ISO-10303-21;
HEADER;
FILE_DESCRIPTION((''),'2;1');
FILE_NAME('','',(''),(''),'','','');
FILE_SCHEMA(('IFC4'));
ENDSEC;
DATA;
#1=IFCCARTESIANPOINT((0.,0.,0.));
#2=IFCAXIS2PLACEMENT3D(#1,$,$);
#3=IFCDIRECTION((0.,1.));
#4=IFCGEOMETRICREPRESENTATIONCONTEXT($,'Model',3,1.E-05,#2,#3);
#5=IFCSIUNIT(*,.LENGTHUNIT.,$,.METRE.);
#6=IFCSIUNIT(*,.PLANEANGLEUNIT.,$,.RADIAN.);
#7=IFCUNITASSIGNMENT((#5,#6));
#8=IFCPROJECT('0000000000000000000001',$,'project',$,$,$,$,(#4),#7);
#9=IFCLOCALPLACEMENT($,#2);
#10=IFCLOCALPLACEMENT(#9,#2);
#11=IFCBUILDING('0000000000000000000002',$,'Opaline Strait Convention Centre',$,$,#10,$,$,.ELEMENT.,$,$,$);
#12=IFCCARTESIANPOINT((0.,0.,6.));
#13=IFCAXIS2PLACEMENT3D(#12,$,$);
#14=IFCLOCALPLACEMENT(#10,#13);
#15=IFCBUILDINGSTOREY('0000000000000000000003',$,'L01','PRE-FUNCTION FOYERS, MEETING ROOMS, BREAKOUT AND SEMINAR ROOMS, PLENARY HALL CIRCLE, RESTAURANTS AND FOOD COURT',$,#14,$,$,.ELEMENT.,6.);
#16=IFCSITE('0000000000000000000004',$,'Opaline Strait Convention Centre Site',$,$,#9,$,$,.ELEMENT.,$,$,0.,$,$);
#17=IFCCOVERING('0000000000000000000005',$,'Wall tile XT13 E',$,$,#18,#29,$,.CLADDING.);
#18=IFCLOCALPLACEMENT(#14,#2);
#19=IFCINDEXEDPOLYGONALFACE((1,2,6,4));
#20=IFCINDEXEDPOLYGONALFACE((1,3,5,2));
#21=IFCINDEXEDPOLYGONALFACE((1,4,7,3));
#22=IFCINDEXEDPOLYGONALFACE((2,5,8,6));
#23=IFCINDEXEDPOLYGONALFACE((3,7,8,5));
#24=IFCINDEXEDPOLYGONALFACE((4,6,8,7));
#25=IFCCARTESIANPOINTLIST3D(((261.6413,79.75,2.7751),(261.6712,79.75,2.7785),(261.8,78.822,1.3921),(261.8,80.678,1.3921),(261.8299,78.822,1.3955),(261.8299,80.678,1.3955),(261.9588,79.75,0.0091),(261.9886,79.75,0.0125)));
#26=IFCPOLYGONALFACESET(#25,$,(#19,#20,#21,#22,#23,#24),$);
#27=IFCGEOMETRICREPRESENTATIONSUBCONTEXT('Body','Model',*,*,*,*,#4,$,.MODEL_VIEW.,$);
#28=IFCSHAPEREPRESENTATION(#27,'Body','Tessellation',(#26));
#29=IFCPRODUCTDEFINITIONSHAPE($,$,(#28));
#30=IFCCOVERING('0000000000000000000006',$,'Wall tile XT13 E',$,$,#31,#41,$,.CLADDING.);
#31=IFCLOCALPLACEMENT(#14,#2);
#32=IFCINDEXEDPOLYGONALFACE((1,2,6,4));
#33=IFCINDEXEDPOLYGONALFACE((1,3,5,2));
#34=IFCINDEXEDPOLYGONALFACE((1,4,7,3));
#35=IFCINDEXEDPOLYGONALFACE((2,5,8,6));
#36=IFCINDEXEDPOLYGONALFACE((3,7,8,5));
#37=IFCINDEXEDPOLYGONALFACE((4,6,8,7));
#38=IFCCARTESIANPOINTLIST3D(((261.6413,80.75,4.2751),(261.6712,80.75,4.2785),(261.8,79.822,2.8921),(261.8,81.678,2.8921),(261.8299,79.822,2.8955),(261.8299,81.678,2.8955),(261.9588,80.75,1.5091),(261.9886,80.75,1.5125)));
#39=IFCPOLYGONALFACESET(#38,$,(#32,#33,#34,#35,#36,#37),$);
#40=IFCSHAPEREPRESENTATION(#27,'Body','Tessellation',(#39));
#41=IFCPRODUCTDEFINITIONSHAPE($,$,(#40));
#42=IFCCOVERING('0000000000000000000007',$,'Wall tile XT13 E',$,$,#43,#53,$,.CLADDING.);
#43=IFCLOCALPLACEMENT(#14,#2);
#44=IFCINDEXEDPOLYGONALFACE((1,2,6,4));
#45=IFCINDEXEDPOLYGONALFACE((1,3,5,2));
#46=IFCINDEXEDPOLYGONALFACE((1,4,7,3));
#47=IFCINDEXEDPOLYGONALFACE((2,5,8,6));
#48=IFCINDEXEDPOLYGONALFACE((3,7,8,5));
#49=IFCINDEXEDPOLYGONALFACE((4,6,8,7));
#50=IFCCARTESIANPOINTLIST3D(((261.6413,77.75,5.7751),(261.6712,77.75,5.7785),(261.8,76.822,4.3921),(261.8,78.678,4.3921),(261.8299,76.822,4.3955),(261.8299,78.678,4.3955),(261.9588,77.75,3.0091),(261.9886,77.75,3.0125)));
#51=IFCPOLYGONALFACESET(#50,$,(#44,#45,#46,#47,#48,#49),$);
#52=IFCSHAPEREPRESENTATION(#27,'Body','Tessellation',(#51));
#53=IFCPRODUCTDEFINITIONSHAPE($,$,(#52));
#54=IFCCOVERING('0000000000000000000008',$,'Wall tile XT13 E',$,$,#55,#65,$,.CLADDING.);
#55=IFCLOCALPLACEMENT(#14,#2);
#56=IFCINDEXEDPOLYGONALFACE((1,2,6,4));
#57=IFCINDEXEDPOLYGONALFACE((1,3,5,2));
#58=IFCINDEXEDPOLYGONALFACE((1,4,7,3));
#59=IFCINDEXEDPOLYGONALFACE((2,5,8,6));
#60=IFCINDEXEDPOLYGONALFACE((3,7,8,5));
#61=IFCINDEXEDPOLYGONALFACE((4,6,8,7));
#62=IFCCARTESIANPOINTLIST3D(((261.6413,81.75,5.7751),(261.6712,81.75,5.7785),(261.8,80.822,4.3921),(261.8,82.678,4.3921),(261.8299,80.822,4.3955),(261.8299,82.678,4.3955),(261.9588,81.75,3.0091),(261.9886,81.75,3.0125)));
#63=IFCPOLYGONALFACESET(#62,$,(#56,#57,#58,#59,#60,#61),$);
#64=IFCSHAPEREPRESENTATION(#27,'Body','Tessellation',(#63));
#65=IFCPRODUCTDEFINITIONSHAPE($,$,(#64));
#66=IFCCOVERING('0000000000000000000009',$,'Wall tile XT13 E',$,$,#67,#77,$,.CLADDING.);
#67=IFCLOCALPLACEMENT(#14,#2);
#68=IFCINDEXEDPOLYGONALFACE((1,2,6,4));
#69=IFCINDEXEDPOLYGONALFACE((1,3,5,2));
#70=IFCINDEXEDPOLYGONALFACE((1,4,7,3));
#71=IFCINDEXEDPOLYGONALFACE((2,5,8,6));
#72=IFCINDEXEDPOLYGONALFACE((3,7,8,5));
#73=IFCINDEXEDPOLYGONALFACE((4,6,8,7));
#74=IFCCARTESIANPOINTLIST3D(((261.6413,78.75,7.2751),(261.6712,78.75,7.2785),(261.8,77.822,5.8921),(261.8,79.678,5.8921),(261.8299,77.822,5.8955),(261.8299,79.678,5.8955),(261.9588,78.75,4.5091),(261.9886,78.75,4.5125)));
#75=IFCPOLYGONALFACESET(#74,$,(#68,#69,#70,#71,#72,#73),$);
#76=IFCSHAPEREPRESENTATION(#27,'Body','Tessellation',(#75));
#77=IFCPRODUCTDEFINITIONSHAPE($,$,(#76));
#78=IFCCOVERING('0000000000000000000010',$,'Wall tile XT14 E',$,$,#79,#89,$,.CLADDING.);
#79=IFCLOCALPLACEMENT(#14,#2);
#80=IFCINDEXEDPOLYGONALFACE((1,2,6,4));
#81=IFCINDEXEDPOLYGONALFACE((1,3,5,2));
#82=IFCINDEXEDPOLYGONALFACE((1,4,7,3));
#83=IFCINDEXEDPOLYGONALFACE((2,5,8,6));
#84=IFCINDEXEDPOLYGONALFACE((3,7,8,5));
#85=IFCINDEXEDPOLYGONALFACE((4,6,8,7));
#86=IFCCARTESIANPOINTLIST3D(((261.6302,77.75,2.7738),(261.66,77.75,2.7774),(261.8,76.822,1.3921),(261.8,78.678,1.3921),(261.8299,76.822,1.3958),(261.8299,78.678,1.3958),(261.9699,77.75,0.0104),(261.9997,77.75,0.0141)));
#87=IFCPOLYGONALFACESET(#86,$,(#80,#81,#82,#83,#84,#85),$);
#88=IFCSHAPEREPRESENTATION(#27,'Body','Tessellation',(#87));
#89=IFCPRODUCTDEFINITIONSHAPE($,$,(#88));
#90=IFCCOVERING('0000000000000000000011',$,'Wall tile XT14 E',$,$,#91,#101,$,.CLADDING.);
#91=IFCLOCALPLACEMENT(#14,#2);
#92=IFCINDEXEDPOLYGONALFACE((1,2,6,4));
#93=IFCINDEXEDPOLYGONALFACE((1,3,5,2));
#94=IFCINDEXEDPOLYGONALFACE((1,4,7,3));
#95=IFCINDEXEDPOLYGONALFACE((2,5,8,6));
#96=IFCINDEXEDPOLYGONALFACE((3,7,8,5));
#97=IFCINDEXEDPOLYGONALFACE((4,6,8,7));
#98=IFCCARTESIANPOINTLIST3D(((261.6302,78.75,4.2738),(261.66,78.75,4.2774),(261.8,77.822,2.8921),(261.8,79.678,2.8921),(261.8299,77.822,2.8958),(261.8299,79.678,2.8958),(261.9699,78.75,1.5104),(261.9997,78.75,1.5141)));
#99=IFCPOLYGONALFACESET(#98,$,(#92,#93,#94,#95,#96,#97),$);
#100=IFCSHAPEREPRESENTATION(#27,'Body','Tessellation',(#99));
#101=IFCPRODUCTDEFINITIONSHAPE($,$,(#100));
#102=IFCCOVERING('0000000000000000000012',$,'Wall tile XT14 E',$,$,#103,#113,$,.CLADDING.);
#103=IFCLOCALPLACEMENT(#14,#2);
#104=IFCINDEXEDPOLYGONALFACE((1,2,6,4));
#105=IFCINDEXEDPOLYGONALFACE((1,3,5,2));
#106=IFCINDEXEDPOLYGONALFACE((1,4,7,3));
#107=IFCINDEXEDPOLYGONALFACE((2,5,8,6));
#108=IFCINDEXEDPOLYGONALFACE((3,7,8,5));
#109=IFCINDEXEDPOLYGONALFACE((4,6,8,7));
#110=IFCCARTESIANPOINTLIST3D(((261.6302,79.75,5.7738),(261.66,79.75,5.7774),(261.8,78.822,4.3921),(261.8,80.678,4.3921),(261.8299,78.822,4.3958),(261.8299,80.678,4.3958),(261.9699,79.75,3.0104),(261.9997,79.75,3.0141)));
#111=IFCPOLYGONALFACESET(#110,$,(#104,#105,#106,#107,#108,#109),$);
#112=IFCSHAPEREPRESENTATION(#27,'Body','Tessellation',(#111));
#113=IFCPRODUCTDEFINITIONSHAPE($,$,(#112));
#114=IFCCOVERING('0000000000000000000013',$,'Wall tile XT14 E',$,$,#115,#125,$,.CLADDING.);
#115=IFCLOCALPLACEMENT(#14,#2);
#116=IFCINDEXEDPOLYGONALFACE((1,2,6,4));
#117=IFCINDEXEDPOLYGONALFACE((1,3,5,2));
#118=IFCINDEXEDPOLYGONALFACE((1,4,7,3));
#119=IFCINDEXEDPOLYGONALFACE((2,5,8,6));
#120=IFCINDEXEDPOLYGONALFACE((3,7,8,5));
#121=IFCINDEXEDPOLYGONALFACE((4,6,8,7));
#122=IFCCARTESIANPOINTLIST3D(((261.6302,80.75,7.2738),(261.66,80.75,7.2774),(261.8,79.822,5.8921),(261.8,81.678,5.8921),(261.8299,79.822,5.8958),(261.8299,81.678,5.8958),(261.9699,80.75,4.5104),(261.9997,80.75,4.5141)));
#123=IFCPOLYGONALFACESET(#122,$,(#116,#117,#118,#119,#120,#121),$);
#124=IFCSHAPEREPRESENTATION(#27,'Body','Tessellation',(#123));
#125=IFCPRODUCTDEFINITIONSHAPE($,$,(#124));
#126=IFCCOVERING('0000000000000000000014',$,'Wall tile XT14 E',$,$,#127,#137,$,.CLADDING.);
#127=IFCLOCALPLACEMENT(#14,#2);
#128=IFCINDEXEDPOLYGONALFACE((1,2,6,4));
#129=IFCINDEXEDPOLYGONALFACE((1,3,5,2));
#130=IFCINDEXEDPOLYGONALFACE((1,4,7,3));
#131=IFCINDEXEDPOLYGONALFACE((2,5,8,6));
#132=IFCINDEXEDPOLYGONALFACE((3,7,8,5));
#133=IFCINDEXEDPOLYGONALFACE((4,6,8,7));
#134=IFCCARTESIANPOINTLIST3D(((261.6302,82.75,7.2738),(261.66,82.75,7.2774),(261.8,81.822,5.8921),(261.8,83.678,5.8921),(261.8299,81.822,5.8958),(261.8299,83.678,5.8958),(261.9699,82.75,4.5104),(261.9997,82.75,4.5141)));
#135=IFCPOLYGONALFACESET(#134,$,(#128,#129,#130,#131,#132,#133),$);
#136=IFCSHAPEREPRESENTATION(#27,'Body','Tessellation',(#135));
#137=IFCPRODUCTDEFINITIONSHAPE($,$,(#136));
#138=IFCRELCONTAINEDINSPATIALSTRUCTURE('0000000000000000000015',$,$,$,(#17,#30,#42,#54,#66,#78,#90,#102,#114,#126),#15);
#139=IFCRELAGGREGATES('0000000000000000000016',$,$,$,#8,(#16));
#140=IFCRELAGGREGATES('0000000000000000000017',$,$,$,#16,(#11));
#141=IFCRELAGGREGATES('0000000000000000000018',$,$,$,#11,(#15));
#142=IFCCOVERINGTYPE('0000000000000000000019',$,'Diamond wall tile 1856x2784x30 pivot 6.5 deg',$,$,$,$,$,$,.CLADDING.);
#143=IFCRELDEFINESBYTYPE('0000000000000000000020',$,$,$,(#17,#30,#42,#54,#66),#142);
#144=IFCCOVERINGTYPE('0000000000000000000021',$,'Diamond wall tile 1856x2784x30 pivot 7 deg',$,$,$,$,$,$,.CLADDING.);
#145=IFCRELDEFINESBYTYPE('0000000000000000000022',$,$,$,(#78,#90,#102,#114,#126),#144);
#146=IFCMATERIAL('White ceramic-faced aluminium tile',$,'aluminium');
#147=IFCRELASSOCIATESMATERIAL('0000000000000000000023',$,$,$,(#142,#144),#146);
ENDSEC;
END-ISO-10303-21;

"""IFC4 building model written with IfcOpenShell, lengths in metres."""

from ifc_helpers import new_model, si_unit, direction, frame, origin, place, context, subcontext, project, spatial, polyline, outline, extrude, material, material_profile, profile_set, type_object, element, save


model = new_model("IFC4")

# Units and contexts
model_context = context("Model", 3, precision=1e-05, world=origin(), true_north=direction((0.0, 1.0)))
body_context = subcontext(model_context, "Body", "Model", "MODEL_VIEW")
ifc_project = project(units=[si_unit("LENGTHUNIT", "METRE"), si_unit("PLANEANGLEUNIT", "RADIAN")], contexts=[model_context])

# Site, building, storey
site_placement = place(None, origin())
site = spatial("IfcSite", under=ifc_project, at=site_placement, Name="Opaline Strait Convention Centre Site", CompositionType="ELEMENT", RefElevation=0.0)
building_placement = place(site_placement, origin())
building = spatial("IfcBuilding", under=site, at=building_placement, Name="Opaline Strait Convention Centre", CompositionType="ELEMENT")
storey_placement = place(building_placement, frame((0.0, 0.0, 6.0)))
storey = spatial("IfcBuildingStorey", under=building, at=storey_placement, Name="L01", Description="PRE-FUNCTION FOYERS, MEETING ROOMS, BREAKOUT AND SEMINAR ROOMS, PLENARY HALL CIRCLE, RESTAURANTS AND FOOD COURT", CompositionType="ELEMENT", Elevation=6.0)

# Coverings
ifc_material = material(Name="White ceramic-faced aluminium tile", Category="aluminium")
ifc_material_profile_1 = material_profile(ifc_material, outline(polyline([(0.928, 0.0), (0.0, 1.3921), (-0.928, 0.0), (0.0, -1.3921), (0.928, 0.0)])), Name="Diamond tile 1856x2784")
ifc_profile_set_1 = profile_set([ifc_material_profile_1], Name="White ceramic-faced aluminium tile")
covering_type_1 = type_object("IfcCoveringType", Name="Diamond wall tile 1856x2784x30 pivot 6.5 deg", PredefinedType="CLADDING", material=ifc_profile_set_1)
for number, where, z_axis, x_axis, name in (
    (1, (261.8, 79.75, 1.3921), (0.99348, 0.0, 0.114006), (0.0, 1.0, 0.0), "Wall tile XT13 E"),
    (2, (261.8, 80.75, 2.8921), (0.99348, 0.0, 0.114006), (0.0, 1.0, 0.0), "Wall tile XT13 E"),
    (3, (261.8, 77.75, 4.3921), (0.99348, 0.0, 0.114006), (0.0, 1.0, 0.0), "Wall tile XT13 E"),
    (4, (261.8, 81.75, 4.3921), (0.99348, 0.0, 0.114006), (0.0, 1.0, 0.0), "Wall tile XT13 E"),
    (5, (261.8, 78.75, 5.8921), (0.99348, 0.0, 0.114006), (0.0, 1.0, 0.0), "Wall tile XT13 E"),
):
    element("IfcCovering", number, at=place(storey_placement, frame(where, z_axis=z_axis, x_axis=x_axis)), inside=storey, type_object=covering_type_1, Name=name, PredefinedType="CLADDING", context=body_context, shape_type="SweptSolid", body=[
        extrude(outline(polyline([(0.928, 0.0), (0.0, 1.3921), (-0.928, 0.0), (0.0, -1.3921), (0.928, 0.0)])), origin(), (0.0, 0.0, 1.0), 0.03),
    ])
ifc_material_profile_2 = material_profile(ifc_material, outline(polyline([(0.928, 0.0), (0.0, 1.3921), (-0.928, 0.0), (0.0, -1.3921), (0.928, 0.0)])), Name="Diamond tile 1856x2784")
ifc_profile_set_2 = profile_set([ifc_material_profile_2], Name="White ceramic-faced aluminium tile")
covering_type_2 = type_object("IfcCoveringType", Name="Diamond wall tile 1856x2784x30 pivot 7 deg", PredefinedType="CLADDING", material=ifc_profile_set_2)
for number, where, z_axis, x_axis, name in (
    (6, (261.8, 77.75, 1.3921), (0.992526, 0.0, 0.122032), (0.0, 1.0, 0.0), "Wall tile XT14 E"),
    (7, (261.8, 78.75, 2.8921), (0.992526, 0.0, 0.122032), (0.0, 1.0, 0.0), "Wall tile XT14 E"),
    (8, (261.8, 79.75, 4.3921), (0.992526, 0.0, 0.122032), (0.0, 1.0, 0.0), "Wall tile XT14 E"),
    (9, (261.8, 80.75, 5.8921), (0.992526, 0.0, 0.122032), (0.0, 1.0, 0.0), "Wall tile XT14 E"),
    (10, (261.8, 82.75, 5.8921), (0.992526, 0.0, 0.122032), (0.0, 1.0, 0.0), "Wall tile XT14 E"),
):
    element("IfcCovering", number, at=place(storey_placement, frame(where, z_axis=z_axis, x_axis=x_axis)), inside=storey, type_object=covering_type_2, Name=name, PredefinedType="CLADDING", context=body_context, shape_type="SweptSolid", body=[
        extrude(outline(polyline([(0.928, 0.0), (0.0, 1.3921), (-0.928, 0.0), (0.0, -1.3921), (0.928, 0.0)])), origin(), (0.0, 0.0, 1.0), 0.03),
    ])

save(model, "model.ifc")
